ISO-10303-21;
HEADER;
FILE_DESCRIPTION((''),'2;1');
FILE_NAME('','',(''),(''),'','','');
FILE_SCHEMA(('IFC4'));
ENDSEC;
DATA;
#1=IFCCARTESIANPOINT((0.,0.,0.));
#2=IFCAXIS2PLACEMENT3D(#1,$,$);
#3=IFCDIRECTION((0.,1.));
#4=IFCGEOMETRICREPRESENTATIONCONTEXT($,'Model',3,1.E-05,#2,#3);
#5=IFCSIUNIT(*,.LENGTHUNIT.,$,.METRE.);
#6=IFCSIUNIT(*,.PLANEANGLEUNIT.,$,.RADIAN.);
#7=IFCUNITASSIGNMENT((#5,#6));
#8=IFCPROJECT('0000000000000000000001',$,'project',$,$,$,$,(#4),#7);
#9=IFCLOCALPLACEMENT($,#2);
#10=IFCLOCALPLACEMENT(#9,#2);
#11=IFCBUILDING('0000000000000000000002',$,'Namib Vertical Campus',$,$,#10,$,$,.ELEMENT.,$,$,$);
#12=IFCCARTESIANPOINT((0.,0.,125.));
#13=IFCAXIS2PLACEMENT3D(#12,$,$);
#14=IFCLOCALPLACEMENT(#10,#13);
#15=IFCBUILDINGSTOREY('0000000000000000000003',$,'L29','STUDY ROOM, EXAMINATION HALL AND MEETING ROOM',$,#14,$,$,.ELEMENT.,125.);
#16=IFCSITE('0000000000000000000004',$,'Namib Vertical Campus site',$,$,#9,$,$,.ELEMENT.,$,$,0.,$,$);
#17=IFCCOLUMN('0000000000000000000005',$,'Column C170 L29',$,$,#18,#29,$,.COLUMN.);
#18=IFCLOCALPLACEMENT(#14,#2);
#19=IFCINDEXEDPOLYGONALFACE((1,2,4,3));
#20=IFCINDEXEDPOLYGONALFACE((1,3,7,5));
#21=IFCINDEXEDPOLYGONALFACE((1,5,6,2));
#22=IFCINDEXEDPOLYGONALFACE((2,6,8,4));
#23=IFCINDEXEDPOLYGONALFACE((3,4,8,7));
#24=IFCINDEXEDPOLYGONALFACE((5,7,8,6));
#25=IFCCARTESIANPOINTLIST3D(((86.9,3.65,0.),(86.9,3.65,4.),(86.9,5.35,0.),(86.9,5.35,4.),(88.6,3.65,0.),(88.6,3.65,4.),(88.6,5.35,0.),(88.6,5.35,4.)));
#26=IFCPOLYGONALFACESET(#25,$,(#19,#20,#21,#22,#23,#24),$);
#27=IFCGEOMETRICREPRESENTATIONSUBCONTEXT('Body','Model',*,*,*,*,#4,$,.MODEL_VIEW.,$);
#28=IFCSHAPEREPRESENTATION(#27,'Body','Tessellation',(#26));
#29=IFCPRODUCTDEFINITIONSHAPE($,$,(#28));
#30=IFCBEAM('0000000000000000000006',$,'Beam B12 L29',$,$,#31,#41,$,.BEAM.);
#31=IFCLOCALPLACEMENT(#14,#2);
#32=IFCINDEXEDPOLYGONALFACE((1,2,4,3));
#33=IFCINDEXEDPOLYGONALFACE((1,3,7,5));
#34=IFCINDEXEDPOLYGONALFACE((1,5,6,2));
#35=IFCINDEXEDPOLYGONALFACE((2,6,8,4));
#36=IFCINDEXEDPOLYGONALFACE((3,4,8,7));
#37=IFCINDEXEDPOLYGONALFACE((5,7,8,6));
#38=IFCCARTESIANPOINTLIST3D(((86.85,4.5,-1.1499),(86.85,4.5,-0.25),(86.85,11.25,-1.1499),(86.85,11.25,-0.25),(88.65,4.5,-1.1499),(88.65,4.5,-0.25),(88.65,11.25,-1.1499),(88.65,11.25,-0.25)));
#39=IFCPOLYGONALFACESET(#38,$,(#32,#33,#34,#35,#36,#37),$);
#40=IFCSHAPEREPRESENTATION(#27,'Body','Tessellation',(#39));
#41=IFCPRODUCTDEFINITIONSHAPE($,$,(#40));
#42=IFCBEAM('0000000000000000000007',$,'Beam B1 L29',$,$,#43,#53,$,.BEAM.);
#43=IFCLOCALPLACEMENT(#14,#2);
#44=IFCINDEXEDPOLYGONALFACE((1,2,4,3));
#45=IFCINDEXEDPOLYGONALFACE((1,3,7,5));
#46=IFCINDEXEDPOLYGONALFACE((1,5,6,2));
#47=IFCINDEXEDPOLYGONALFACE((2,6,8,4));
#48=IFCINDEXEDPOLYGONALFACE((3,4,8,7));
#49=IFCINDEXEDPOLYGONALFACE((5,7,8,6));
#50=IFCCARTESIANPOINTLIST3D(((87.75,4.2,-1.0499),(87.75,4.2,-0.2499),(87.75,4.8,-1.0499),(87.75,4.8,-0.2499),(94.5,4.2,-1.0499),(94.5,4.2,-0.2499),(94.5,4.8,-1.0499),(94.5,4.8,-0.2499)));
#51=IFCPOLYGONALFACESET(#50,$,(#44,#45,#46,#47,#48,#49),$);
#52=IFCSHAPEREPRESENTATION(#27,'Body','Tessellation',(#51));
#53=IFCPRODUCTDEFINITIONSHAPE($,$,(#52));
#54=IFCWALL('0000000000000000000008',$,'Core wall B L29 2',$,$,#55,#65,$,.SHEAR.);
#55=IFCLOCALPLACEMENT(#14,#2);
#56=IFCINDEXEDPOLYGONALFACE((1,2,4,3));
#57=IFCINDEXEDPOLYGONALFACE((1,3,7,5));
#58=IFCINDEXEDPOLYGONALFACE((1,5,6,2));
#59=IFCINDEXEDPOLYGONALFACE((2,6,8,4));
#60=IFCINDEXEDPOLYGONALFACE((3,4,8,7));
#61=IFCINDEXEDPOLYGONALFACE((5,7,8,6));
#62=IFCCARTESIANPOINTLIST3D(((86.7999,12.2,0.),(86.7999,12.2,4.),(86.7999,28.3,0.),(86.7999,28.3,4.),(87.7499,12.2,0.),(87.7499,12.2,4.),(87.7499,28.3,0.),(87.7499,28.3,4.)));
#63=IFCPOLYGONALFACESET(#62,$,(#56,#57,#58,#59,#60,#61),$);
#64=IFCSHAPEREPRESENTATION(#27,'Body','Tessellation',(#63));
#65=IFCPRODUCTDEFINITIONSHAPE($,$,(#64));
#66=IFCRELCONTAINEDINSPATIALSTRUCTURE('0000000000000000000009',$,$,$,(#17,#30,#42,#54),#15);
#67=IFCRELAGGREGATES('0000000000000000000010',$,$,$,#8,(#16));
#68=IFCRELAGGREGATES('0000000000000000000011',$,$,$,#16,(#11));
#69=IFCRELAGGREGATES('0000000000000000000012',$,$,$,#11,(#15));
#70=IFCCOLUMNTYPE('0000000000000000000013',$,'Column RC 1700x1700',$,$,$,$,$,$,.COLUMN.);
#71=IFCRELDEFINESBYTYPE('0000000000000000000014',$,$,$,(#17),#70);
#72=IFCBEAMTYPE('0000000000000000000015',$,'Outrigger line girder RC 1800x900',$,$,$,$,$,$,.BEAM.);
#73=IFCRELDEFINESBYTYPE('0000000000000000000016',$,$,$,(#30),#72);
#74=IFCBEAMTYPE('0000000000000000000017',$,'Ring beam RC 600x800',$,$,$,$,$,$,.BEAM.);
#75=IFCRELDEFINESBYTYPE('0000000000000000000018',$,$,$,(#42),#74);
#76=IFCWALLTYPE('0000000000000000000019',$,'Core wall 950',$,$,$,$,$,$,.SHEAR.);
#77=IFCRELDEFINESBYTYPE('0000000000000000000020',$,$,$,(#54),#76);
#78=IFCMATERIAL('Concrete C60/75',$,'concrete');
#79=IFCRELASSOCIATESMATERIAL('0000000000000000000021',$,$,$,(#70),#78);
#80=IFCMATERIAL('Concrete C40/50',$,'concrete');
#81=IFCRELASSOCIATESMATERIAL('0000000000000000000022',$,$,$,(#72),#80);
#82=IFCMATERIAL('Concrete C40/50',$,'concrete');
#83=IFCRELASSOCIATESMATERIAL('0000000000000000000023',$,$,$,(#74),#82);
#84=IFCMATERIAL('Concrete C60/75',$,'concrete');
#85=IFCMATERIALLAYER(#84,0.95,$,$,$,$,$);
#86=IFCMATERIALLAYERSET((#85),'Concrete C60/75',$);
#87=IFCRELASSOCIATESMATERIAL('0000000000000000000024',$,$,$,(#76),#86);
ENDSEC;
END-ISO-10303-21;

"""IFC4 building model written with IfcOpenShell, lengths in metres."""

from ifc_helpers import new_model, si_unit, direction, frame, frame_2d, origin, origin_2d, place, context, subcontext, project, spatial, rectangle, extrude, material, layer, layer_set, material_profile, profile_set, type_object, element, save


model = new_model("IFC4")

# Units and contexts
model_context = context("Model", 3, precision=1e-05, world=origin(), true_north=direction((0.0, 1.0)))
body_context = subcontext(model_context, "Body", "Model", "MODEL_VIEW")
ifc_project = project(units=[si_unit("LENGTHUNIT", "METRE"), si_unit("PLANEANGLEUNIT", "RADIAN")], contexts=[model_context])

# Site, building, storey
site_placement = place(None, origin())
site = spatial("IfcSite", under=ifc_project, at=site_placement, Name="Namib Vertical Campus site", CompositionType="ELEMENT", RefElevation=0.0)
building_placement = place(site_placement, origin())
building = spatial("IfcBuilding", under=site, at=building_placement, Name="Namib Vertical Campus", CompositionType="ELEMENT")
storey_placement = place(building_placement, frame((0.0, 0.0, 125.0)))
storey = spatial("IfcBuildingStorey", under=building, at=storey_placement, Name="L29", Description="STUDY ROOM, EXAMINATION HALL AND MEETING ROOM", CompositionType="ELEMENT", Elevation=125.0)

# Column
ifc_material_1 = material(Name="Concrete C60/75", Category="concrete")
ifc_material_profile_1 = material_profile(ifc_material_1, rectangle(XDim=1.7, YDim=1.7, at=origin_2d()))
ifc_profile_set_1 = profile_set([ifc_material_profile_1], Name="Concrete C60/75")
column_type = type_object("IfcColumnType", Name="Column RC 1700x1700", PredefinedType="COLUMN", material=ifc_profile_set_1)
column_placement = place(storey_placement, frame((87.75, 4.5, 0.0), z_axis=(0.0, 0.0, 1.0), x_axis=(1.0, 0.0, 0.0)))
element("IfcColumn", 1, at=column_placement, inside=storey, type_object=column_type, Name="Column C170 L29", PredefinedType="COLUMN", context=body_context, shape_type="SweptSolid", body=[
    extrude(rectangle(XDim=1.7, YDim=1.7, at=origin_2d()), origin(), (0.0, 0.0, 1.0), 4.0),
])

# Beams
ifc_material_2 = material(Name="Concrete C40/50", Category="concrete")
ifc_material_profile_2 = material_profile(ifc_material_2, rectangle(XDim=1.8, YDim=0.8999, at=origin_2d()))
ifc_profile_set_2 = profile_set([ifc_material_profile_2], Name="Concrete C40/50")
beam_type_1 = type_object("IfcBeamType", Name="Outrigger line girder RC 1800x900", PredefinedType="BEAM", material=ifc_profile_set_2)
beam_1_placement = place(storey_placement, frame((87.75, 4.5, -0.7), z_axis=(0.0, 1.0, 0.0), x_axis=(-1.0, 0.0, 0.0)))
element("IfcBeam", 2, at=beam_1_placement, inside=storey, type_object=beam_type_1, Name="Beam B12 L29", PredefinedType="BEAM", context=body_context, shape_type="SweptSolid", body=[
    extrude(rectangle(XDim=1.8, YDim=0.8999, at=origin_2d()), origin(), (0.0, 0.0, 1.0), 6.75),
])
ifc_material_3 = material(Name="Concrete C40/50", Category="concrete")
ifc_material_profile_3 = material_profile(ifc_material_3, rectangle(XDim=0.6001, YDim=0.8, at=origin_2d()))
ifc_profile_set_3 = profile_set([ifc_material_profile_3], Name="Concrete C40/50")
beam_type_2 = type_object("IfcBeamType", Name="Ring beam RC 600x800", PredefinedType="BEAM", material=ifc_profile_set_3)
beam_2_placement = place(storey_placement, frame((87.75, 4.5, -0.6499), z_axis=(1.0, 0.0, 0.0), x_axis=(0.0, 1.0, 0.0)))
element("IfcBeam", 3, at=beam_2_placement, inside=storey, type_object=beam_type_2, Name="Beam B1 L29", PredefinedType="BEAM", context=body_context, shape_type="SweptSolid", body=[
    extrude(rectangle(XDim=0.6001, YDim=0.8, at=origin_2d()), origin(), (0.0, 0.0, 1.0), 6.75),
])

# Wall
ifc_material_4 = material(Name="Concrete C60/75", Category="concrete")
ifc_layer_1 = layer(ifc_material_4, 0.95)
ifc_layer_set_1 = layer_set([ifc_layer_1], Name="Concrete C60/75")
wall_type_1 = type_object("IfcWallType", Name="Core wall 950", PredefinedType="SHEAR", material=ifc_layer_set_1)
wall_1_placement = place(storey_placement, frame((87.2749, 12.2, 0.0), z_axis=(0.0, 0.0, 1.0), x_axis=(0.0, 1.0, 0.0)))
element("IfcWall", 4, at=wall_1_placement, inside=storey, type_object=wall_type_1, Name="Core wall B L29 2", PredefinedType="SHEAR", context=body_context, shape_type="SweptSolid", body=[
    extrude(rectangle(XDim=16.1001, YDim=0.95, at=frame_2d((8.05, 0.0))), origin(), (0.0, 0.0, 1.0), 4.0),
])

save(model, "model.ifc")
